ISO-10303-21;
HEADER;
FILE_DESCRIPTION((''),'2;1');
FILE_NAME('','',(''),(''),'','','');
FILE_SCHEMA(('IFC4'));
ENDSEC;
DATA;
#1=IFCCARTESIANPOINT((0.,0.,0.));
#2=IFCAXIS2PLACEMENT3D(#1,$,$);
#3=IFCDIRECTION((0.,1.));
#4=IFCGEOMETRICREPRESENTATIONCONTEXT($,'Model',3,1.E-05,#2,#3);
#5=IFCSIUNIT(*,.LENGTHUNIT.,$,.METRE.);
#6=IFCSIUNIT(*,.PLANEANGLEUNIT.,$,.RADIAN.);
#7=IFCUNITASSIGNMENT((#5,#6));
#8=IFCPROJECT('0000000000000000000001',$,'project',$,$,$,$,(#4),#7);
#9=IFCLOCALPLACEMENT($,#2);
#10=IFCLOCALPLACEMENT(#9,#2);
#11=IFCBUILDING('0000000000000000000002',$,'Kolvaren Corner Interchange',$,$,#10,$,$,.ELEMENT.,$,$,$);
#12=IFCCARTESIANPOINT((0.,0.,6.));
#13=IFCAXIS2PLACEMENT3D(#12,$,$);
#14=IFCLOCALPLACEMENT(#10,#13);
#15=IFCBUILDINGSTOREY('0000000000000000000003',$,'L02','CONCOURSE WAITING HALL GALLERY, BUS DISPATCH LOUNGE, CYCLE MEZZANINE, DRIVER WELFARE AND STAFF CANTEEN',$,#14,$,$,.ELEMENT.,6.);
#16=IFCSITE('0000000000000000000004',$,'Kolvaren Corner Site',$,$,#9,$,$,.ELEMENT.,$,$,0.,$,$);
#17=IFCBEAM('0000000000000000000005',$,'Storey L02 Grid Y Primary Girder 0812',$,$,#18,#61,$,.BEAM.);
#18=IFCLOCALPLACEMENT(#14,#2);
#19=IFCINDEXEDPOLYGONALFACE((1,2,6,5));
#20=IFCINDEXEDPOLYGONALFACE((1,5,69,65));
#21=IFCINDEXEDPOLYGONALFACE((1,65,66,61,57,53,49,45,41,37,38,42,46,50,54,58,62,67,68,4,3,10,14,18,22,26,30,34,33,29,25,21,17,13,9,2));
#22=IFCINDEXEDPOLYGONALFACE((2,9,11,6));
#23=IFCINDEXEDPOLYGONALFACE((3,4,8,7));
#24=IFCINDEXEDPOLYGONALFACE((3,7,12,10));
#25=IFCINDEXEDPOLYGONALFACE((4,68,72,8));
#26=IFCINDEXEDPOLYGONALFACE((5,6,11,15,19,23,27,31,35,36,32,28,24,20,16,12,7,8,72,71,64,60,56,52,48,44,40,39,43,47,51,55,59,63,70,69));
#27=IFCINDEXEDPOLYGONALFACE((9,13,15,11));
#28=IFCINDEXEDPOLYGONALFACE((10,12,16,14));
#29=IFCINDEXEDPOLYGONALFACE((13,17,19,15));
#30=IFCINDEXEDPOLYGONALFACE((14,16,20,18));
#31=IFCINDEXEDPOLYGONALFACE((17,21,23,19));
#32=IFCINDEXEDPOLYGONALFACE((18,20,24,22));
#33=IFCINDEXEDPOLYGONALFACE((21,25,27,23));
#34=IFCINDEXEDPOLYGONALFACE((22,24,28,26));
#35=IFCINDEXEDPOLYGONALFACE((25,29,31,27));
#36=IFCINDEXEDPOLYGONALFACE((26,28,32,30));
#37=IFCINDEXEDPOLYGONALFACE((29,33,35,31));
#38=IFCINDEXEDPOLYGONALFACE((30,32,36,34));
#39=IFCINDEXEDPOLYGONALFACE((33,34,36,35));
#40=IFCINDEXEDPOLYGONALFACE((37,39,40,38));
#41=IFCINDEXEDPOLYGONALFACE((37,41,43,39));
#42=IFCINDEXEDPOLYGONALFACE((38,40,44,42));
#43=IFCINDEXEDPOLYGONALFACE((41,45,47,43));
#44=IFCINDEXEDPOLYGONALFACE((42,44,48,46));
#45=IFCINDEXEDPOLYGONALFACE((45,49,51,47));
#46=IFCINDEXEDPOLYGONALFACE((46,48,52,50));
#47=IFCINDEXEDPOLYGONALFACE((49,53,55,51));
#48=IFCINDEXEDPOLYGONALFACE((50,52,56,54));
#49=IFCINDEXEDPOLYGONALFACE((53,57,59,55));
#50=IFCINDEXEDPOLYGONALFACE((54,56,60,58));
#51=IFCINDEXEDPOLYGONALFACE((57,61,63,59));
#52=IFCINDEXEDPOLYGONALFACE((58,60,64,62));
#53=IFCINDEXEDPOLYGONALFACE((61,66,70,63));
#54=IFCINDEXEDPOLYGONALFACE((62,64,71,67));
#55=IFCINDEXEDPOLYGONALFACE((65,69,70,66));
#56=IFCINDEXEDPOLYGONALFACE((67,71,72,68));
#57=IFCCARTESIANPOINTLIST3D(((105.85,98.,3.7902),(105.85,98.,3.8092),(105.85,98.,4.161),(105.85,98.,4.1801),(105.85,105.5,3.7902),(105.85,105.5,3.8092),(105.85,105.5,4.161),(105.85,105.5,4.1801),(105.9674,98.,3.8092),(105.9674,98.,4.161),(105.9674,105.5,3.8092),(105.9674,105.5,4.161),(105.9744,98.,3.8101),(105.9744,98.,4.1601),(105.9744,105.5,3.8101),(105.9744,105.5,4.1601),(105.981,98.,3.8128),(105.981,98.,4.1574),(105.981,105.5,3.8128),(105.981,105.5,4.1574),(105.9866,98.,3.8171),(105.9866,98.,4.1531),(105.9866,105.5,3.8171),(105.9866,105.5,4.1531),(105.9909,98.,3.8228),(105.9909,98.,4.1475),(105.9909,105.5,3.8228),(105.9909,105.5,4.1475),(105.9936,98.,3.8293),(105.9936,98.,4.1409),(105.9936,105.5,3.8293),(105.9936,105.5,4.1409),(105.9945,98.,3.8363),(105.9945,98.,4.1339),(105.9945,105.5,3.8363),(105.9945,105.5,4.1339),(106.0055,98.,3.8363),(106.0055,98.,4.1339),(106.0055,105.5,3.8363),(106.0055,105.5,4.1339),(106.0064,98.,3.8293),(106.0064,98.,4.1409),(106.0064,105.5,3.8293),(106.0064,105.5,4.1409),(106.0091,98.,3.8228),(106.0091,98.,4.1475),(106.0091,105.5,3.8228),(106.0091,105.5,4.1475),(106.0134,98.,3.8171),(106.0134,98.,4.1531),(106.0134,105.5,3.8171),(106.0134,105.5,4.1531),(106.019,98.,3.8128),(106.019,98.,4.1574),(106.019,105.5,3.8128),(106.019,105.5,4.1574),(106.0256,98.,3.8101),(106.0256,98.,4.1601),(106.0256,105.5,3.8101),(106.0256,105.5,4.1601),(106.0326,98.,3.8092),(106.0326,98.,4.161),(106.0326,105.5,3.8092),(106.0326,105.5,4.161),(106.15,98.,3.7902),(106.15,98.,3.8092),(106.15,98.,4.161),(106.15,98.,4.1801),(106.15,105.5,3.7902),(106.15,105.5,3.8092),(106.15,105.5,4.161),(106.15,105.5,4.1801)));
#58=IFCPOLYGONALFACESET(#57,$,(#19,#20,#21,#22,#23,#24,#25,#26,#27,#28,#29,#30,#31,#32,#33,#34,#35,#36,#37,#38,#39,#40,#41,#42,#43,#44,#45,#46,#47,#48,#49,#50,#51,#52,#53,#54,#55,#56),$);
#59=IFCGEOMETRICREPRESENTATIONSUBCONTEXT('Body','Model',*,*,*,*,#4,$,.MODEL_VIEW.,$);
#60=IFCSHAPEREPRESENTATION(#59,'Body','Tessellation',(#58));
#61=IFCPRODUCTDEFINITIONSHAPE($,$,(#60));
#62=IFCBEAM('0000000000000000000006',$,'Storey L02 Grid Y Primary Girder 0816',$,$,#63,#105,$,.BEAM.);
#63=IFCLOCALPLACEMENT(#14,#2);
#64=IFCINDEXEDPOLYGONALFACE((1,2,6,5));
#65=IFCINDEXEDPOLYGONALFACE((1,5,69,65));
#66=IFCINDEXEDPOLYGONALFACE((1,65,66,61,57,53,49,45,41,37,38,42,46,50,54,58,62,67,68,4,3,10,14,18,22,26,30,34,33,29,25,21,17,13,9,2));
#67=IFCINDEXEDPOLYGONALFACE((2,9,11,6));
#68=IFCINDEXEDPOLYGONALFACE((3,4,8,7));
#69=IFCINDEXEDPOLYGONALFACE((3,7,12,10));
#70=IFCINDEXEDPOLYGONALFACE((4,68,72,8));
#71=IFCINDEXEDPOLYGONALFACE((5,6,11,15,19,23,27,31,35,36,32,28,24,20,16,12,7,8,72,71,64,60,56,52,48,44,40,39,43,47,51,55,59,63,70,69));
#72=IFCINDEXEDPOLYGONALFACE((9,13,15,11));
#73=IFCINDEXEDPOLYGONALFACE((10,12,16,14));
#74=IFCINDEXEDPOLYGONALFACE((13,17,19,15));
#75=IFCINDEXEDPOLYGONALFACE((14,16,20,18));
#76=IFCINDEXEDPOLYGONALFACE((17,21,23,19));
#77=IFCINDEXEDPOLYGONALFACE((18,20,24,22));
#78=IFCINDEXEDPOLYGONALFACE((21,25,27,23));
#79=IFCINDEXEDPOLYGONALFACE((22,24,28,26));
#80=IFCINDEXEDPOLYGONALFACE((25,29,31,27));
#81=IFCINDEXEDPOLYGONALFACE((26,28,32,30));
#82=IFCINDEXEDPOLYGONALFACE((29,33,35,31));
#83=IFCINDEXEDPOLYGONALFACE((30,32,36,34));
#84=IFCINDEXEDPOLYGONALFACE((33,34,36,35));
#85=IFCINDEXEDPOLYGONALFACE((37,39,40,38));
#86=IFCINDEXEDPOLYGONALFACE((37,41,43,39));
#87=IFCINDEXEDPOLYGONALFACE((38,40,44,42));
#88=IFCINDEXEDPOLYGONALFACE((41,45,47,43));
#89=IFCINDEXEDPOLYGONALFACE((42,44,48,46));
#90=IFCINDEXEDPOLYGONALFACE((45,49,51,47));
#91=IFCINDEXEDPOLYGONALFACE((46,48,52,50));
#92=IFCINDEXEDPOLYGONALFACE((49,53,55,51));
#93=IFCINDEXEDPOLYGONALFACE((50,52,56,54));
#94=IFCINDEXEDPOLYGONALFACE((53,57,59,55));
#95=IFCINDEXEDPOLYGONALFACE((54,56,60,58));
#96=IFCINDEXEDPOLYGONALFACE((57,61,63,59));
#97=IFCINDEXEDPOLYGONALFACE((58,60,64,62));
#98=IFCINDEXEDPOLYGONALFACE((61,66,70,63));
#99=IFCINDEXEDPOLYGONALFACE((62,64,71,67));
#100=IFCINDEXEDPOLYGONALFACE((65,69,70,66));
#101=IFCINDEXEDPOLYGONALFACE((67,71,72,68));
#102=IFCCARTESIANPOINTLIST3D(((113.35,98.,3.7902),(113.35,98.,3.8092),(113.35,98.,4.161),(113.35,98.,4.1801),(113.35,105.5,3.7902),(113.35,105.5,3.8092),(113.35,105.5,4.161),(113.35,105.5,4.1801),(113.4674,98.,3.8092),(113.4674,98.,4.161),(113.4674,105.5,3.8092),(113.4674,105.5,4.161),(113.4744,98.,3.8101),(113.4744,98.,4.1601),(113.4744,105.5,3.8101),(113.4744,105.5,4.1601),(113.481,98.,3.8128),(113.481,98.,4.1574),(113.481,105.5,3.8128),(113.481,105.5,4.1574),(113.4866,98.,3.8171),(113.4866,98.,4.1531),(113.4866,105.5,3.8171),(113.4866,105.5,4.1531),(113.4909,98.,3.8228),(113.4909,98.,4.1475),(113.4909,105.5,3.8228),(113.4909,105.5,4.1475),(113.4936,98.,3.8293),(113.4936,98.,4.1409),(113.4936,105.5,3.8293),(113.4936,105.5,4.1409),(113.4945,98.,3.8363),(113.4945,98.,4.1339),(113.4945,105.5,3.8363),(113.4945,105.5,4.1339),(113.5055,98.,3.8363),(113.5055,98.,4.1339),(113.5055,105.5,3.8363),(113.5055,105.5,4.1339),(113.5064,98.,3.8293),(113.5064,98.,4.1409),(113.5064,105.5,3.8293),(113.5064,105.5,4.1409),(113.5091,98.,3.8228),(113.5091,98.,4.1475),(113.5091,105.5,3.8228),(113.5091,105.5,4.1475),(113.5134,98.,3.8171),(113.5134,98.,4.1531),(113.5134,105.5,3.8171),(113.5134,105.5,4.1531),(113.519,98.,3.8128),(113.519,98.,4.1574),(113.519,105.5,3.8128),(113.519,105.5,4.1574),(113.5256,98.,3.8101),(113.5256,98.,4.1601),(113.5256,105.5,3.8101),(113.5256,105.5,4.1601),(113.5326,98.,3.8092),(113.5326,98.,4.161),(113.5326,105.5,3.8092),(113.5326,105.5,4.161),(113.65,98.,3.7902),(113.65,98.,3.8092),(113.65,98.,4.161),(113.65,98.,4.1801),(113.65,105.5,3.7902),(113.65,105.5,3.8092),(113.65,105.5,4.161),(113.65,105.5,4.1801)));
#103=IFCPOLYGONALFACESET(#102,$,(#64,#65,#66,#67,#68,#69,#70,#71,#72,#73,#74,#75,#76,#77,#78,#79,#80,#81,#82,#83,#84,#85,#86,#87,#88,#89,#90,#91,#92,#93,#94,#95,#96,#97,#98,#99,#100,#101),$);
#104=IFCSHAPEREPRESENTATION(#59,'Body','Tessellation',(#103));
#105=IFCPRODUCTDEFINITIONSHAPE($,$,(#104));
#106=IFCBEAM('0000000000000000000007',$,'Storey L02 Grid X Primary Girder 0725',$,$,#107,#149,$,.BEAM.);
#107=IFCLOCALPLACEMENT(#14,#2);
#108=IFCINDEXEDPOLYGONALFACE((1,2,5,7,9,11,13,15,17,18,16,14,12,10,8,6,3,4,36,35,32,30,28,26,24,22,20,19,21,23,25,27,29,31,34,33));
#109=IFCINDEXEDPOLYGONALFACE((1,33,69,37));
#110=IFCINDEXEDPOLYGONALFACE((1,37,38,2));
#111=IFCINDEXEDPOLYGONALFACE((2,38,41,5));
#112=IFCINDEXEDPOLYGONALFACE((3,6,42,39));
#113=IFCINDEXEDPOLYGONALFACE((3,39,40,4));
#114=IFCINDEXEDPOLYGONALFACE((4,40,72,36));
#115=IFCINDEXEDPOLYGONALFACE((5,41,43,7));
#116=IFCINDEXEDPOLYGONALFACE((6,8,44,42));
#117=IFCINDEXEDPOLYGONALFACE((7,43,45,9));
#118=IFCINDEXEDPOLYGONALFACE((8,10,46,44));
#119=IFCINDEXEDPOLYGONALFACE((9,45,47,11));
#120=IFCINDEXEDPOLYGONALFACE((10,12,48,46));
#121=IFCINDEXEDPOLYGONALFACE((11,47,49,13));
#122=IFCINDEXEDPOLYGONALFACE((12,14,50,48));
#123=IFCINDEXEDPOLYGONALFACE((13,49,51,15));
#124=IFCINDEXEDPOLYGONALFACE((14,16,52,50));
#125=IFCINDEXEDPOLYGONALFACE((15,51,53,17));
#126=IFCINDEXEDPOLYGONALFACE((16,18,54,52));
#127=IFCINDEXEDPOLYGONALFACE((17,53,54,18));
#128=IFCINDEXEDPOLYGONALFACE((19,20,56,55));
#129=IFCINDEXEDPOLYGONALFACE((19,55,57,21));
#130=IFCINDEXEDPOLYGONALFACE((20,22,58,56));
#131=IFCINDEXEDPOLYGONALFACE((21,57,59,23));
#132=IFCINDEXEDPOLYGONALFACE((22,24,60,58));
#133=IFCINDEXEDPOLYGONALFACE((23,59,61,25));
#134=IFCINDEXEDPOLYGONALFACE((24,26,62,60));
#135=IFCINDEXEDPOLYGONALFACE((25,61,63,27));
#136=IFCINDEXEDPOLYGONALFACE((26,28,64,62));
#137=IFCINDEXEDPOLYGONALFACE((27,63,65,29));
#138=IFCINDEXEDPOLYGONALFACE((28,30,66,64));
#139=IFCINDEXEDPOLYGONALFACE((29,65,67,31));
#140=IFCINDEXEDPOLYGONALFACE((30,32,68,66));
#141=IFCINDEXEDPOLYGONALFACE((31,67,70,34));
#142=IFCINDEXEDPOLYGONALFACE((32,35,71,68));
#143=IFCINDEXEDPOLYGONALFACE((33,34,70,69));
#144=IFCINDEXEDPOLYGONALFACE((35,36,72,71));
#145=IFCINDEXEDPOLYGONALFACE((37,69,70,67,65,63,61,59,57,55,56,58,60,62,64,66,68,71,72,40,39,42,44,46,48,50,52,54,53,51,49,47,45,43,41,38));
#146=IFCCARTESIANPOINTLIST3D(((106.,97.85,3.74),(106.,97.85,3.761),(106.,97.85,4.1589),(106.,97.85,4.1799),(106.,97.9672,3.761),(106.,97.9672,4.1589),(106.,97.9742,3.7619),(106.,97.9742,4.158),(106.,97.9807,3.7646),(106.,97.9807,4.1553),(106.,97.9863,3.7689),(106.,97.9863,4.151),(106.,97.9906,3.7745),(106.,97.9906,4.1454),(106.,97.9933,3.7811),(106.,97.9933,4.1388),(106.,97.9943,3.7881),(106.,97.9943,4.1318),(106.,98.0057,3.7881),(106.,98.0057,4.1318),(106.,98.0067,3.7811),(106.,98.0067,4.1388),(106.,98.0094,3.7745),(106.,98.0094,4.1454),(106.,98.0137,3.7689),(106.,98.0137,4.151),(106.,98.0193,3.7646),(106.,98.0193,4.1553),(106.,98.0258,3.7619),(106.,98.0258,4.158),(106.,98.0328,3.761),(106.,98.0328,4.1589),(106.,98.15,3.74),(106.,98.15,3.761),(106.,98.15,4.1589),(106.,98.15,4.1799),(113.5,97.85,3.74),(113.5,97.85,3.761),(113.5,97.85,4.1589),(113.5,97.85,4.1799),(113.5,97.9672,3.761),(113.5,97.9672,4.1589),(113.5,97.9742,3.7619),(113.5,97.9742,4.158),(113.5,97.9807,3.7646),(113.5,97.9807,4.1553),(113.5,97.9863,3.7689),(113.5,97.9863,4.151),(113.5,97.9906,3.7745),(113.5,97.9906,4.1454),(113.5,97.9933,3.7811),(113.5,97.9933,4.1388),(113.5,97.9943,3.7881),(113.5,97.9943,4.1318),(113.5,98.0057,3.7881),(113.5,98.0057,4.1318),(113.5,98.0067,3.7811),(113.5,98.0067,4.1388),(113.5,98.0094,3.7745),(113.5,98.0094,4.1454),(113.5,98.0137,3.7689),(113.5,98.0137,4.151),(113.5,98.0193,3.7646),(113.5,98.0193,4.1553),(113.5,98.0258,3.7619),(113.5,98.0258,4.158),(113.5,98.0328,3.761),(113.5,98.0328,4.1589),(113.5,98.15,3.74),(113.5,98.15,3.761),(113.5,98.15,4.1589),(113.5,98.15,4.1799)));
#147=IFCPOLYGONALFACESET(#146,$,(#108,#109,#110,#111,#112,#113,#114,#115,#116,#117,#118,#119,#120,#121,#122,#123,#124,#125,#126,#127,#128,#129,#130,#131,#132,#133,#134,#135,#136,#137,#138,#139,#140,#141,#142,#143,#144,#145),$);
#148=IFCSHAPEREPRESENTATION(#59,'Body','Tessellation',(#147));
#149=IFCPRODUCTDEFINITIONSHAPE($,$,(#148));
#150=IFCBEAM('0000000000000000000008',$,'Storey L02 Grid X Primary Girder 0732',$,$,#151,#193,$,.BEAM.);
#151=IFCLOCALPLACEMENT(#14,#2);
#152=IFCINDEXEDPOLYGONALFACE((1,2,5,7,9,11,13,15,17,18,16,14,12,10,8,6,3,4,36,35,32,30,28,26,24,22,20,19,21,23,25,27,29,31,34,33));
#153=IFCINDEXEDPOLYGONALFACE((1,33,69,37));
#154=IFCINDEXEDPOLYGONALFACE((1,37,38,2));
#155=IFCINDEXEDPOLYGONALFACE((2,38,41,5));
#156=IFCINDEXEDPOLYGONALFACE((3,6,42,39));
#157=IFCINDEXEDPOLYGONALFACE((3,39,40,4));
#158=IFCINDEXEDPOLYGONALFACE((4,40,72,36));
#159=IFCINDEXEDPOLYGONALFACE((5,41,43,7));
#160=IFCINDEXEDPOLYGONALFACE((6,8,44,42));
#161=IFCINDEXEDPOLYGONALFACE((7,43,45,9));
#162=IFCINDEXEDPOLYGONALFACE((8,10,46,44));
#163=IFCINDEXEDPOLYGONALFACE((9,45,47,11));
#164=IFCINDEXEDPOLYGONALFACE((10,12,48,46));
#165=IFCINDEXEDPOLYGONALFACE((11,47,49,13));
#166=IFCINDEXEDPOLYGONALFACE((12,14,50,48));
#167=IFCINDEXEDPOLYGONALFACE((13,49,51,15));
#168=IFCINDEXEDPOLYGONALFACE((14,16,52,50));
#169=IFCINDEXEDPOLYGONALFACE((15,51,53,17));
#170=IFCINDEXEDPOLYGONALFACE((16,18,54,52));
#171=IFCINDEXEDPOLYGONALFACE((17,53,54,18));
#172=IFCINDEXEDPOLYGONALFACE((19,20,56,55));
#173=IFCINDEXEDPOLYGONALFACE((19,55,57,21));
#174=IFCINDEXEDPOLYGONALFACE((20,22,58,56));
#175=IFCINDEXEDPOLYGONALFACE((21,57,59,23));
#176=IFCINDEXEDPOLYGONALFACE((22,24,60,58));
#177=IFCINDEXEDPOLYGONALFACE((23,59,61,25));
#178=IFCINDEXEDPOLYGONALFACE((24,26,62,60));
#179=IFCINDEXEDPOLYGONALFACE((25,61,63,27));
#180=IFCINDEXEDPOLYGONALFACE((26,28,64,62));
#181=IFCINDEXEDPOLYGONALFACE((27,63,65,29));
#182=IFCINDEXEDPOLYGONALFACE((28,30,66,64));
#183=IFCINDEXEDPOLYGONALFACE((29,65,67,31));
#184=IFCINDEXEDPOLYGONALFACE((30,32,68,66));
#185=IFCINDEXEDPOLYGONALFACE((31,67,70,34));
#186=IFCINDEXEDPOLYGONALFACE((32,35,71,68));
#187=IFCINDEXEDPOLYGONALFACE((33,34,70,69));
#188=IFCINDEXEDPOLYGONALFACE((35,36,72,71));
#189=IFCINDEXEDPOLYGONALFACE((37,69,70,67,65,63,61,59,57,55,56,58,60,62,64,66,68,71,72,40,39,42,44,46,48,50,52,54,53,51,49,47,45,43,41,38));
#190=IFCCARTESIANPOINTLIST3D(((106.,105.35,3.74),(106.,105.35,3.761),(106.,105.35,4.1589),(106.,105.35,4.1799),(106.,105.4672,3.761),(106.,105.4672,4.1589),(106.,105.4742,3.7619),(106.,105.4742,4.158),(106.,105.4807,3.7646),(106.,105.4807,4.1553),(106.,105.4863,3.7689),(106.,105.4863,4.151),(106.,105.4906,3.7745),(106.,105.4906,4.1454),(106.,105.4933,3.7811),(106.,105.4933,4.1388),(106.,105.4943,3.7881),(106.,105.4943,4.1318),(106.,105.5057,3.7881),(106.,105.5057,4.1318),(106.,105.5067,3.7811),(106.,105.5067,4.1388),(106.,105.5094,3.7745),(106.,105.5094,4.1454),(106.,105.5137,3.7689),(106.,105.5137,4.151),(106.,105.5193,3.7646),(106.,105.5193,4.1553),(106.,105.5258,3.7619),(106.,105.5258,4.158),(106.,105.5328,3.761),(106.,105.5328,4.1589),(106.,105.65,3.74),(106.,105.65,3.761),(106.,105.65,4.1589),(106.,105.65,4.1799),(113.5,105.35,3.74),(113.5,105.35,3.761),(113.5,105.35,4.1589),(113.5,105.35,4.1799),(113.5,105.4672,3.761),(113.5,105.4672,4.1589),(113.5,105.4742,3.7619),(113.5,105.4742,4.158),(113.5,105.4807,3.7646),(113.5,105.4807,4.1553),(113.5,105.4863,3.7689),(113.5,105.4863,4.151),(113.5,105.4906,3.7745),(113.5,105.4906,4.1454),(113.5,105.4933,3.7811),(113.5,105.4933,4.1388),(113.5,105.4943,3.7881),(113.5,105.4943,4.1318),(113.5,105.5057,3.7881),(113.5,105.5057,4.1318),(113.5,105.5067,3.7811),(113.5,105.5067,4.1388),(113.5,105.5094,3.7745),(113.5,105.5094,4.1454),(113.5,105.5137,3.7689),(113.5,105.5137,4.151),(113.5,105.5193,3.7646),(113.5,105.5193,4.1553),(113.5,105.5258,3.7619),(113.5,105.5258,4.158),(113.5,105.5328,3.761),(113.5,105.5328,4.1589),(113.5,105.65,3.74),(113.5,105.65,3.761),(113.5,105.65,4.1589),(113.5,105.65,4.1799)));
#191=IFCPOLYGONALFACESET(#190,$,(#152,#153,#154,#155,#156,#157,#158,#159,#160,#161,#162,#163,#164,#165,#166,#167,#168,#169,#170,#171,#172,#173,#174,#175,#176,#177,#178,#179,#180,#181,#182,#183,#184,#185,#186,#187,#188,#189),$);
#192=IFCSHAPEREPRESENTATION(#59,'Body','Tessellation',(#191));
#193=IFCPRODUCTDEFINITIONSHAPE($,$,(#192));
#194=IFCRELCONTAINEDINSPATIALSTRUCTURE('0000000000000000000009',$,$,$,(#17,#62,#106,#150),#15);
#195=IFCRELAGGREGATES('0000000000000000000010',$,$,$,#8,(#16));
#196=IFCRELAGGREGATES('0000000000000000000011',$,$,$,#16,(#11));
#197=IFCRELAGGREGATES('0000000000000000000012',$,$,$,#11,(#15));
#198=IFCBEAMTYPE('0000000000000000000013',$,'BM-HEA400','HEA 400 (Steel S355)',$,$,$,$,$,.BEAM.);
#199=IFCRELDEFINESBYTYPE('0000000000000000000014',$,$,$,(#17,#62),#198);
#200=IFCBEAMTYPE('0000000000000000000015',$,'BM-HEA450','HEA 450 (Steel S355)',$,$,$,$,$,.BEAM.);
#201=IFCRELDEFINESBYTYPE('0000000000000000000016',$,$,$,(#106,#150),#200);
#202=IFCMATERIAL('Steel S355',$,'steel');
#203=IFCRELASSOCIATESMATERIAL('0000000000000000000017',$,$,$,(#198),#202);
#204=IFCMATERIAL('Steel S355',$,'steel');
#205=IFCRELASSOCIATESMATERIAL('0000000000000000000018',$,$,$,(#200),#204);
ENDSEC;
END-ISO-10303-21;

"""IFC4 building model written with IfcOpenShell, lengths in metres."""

from ifc_helpers import new_model, si_unit, direction, frame, origin, origin_2d, place, context, subcontext, project, spatial, i_section, extrude, material, material_profile, profile_set, type_object, element, save


model = new_model("IFC4")

# Units and contexts
model_context = context("Model", 3, precision=1e-05, world=origin(), true_north=direction((0.0, 1.0)))
body_context = subcontext(model_context, "Body", "Model", "MODEL_VIEW")
ifc_project = project(units=[si_unit("LENGTHUNIT", "METRE"), si_unit("PLANEANGLEUNIT", "RADIAN")], contexts=[model_context])

# Site, building, storey
site_placement = place(None, origin())
site = spatial("IfcSite", under=ifc_project, at=site_placement, Name="Kolvaren Corner Site", CompositionType="ELEMENT", RefElevation=0.0)
building_placement = place(site_placement, origin())
building = spatial("IfcBuilding", under=site, at=building_placement, Name="Kolvaren Corner Interchange", CompositionType="ELEMENT")
storey_placement = place(building_placement, frame((0.0, 0.0, 6.0)))
storey = spatial("IfcBuildingStorey", under=building, at=storey_placement, Name="L02", Description="CONCOURSE WAITING HALL GALLERY, BUS DISPATCH LOUNGE, CYCLE MEZZANINE, DRIVER WELFARE AND STAFF CANTEEN", CompositionType="ELEMENT", Elevation=6.0)

# Beams
ifc_material_1 = material(Name="Steel S355", Category="steel")
ifc_material_profile_1 = material_profile(ifc_material_1, i_section(OverallWidth=0.3, OverallDepth=0.3899, WebThickness=0.011, FlangeThickness=0.019, FilletRadius=0.0271, at=origin_2d()), Name="HEA 400")
ifc_profile_set_1 = profile_set([ifc_material_profile_1], Name="Steel S355")
beam_type_1 = type_object("IfcBeamType", Name="BM-HEA400", Description="HEA 400 (Steel S355)", PredefinedType="BEAM", material=ifc_profile_set_1)
for number, where, z_axis, x_axis, name in (
    (1, (106.0, 98.0, 3.9851), (0.0, 1.0, 0.0), (-1.0, 0.0, 0.0), "Storey L02 Grid Y Primary Girder 0812"),
    (2, (113.5, 98.0, 3.9851), (0.0, 1.0, 0.0), (-1.0, 0.0, 0.0), "Storey L02 Grid Y Primary Girder 0816"),
):
    element("IfcBeam", number, at=place(storey_placement, frame(where, z_axis=z_axis, x_axis=x_axis)), inside=storey, type_object=beam_type_1, Name=name, PredefinedType="BEAM", context=body_context, shape_type="SweptSolid", body=[
        extrude(i_section(OverallWidth=0.3, OverallDepth=0.3899, WebThickness=0.011, FlangeThickness=0.019, FilletRadius=0.0271, at=origin_2d()), origin(), (0.0, 0.0, 1.0), 7.5),
    ])
ifc_material_2 = material(Name="Steel S355", Category="steel")
ifc_material_profile_2 = material_profile(ifc_material_2, i_section(OverallWidth=0.3, OverallDepth=0.4399, WebThickness=0.0115, FlangeThickness=0.021, FilletRadius=0.0271, at=origin_2d()), Name="HEA 450")
ifc_profile_set_2 = profile_set([ifc_material_profile_2], Name="Steel S355")
beam_type_2 = type_object("IfcBeamType", Name="BM-HEA450", Description="HEA 450 (Steel S355)", PredefinedType="BEAM", material=ifc_profile_set_2)
for number, where, z_axis, x_axis, name in (
    (3, (106.0, 98.0, 3.96), (1.0, 0.0, 0.0), (0.0, 1.0, 0.0), "Storey L02 Grid X Primary Girder 0725"),
    (4, (106.0, 105.5, 3.96), (1.0, 0.0, 0.0), (0.0, 1.0, 0.0), "Storey L02 Grid X Primary Girder 0732"),
):
    element("IfcBeam", number, at=place(storey_placement, frame(where, z_axis=z_axis, x_axis=x_axis)), inside=storey, type_object=beam_type_2, Name=name, PredefinedType="BEAM", context=body_context, shape_type="SweptSolid", body=[
        extrude(i_section(OverallWidth=0.3, OverallDepth=0.4399, WebThickness=0.0115, FlangeThickness=0.021, FilletRadius=0.0271, at=origin_2d()), origin(), (0.0, 0.0, 1.0), 7.5),
    ])

save(model, "model.ifc")
